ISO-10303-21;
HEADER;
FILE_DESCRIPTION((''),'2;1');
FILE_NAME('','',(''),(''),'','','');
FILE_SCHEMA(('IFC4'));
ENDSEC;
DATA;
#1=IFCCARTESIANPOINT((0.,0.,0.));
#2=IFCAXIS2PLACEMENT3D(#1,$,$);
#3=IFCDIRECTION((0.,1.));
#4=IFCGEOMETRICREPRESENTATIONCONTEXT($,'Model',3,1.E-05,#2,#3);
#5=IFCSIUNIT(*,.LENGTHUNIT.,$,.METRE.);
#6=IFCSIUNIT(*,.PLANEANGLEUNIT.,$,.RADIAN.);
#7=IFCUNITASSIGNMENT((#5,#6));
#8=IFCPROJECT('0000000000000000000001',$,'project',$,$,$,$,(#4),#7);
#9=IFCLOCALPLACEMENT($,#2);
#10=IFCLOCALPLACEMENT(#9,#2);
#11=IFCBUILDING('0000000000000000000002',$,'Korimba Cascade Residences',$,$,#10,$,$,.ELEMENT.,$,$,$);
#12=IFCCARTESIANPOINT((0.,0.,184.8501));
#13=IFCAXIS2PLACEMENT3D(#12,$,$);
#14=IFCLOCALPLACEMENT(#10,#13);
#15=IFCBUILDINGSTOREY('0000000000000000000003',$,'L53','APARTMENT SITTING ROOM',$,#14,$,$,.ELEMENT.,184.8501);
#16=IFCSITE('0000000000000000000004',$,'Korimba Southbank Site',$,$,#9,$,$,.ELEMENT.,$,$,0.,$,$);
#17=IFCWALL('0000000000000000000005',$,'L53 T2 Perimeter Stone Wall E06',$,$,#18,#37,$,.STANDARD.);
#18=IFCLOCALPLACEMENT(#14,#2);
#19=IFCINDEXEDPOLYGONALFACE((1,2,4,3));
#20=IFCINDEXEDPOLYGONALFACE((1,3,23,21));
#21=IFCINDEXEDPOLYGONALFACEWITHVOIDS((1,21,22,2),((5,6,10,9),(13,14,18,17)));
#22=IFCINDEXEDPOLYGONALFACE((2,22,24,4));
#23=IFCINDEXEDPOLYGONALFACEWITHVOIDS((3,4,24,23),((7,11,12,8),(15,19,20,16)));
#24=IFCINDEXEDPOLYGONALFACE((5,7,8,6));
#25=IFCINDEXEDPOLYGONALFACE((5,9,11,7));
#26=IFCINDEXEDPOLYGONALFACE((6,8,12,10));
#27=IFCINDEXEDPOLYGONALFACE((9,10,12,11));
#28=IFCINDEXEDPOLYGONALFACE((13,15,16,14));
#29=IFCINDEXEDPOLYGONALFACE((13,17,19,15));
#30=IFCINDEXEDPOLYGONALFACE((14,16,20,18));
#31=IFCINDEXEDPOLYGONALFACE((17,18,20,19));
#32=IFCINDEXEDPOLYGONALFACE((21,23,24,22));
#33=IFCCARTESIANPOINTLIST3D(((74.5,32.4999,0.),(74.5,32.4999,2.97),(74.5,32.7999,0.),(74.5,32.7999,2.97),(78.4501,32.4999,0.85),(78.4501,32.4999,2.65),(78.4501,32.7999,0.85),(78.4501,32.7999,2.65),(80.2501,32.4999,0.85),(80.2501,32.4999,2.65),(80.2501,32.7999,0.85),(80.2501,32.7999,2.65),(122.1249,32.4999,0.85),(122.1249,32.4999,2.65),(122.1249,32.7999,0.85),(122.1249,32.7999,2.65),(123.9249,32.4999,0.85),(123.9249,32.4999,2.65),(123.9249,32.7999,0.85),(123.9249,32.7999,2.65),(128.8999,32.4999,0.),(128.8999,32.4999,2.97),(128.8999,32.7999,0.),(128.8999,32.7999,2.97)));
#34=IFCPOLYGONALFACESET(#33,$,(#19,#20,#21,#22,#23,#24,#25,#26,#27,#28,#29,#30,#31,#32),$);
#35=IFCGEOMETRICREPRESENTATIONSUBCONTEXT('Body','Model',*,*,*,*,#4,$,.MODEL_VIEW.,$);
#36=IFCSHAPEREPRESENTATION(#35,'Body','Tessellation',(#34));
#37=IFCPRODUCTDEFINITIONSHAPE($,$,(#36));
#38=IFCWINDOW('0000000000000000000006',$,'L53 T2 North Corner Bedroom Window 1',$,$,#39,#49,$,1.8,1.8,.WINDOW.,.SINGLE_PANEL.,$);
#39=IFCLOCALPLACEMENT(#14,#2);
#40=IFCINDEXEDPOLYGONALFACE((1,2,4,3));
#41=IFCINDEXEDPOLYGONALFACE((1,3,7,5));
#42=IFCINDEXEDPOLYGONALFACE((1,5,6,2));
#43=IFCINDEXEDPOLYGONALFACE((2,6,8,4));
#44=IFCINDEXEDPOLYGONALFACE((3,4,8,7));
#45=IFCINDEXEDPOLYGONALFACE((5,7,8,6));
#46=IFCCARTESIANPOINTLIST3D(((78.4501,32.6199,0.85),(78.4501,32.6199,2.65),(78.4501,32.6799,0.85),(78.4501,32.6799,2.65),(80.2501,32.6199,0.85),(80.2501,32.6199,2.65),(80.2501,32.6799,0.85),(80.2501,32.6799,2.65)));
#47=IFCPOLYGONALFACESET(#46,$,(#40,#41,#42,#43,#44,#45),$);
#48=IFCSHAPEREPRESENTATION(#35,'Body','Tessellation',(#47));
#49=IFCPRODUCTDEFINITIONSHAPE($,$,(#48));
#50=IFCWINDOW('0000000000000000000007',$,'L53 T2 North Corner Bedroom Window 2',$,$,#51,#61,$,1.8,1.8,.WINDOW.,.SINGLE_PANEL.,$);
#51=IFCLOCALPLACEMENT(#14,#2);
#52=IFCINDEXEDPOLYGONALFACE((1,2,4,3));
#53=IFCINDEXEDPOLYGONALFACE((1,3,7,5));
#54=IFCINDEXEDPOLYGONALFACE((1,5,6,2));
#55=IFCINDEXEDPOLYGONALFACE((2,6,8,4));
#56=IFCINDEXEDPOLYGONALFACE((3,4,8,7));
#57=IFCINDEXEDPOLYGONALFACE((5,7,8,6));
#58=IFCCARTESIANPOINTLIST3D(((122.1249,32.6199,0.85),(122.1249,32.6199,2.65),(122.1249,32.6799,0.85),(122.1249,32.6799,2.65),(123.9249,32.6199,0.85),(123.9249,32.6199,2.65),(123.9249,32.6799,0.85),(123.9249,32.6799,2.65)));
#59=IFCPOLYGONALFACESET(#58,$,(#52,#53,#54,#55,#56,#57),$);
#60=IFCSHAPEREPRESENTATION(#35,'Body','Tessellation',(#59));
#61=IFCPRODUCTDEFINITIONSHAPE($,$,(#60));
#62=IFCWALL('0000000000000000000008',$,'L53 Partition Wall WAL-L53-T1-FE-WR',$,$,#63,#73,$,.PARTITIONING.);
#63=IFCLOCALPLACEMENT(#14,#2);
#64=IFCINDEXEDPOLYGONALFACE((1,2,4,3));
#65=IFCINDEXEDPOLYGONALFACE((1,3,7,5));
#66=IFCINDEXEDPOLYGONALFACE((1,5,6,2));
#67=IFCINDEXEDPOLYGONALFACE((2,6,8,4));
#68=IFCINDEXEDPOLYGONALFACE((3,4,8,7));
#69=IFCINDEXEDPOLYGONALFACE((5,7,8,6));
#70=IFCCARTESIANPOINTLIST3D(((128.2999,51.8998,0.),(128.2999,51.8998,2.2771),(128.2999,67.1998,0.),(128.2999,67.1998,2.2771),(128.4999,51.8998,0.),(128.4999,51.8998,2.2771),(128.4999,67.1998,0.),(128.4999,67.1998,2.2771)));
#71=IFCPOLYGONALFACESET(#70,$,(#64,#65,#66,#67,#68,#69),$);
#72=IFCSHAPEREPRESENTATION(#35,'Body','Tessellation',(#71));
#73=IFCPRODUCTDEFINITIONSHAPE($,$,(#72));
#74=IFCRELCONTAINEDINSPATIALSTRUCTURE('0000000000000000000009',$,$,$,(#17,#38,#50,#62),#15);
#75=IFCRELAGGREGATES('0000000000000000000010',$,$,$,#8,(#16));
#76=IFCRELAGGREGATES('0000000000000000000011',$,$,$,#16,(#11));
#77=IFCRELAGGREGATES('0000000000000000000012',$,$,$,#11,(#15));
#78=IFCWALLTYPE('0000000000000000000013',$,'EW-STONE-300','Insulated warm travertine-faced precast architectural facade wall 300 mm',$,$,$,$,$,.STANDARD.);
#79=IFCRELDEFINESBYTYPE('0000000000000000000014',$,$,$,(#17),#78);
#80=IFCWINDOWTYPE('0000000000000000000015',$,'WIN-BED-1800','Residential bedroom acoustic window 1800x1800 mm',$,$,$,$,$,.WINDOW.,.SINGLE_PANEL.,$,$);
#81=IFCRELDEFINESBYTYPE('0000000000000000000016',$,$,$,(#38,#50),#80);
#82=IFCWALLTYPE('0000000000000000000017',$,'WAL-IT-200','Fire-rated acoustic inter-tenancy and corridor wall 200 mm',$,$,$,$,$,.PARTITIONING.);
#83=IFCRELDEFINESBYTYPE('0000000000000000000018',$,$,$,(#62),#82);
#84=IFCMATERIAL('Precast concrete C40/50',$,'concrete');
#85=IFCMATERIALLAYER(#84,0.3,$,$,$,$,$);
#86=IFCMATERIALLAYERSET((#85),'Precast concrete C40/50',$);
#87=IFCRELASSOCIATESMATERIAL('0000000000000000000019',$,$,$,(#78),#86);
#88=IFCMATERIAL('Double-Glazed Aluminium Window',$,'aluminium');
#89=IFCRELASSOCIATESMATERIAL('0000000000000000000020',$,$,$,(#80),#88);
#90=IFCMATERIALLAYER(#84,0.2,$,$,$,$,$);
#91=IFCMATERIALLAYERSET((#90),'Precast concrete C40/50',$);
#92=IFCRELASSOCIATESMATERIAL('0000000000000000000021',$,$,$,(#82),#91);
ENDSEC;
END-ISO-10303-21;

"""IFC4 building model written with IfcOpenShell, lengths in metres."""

from ifc_helpers import new_model, si_unit, direction, frame, frame_2d, origin, place, context, subcontext, project, spatial, rectangle, extrude, material, layer, layer_set, type_object, element, fill, save


model = new_model("IFC4")

# Units and contexts
model_context = context("Model", 3, precision=1e-05, world=origin(), true_north=direction((0.0, 1.0)))
body_context = subcontext(model_context, "Body", "Model", "MODEL_VIEW")
ifc_project = project(units=[si_unit("LENGTHUNIT", "METRE"), si_unit("PLANEANGLEUNIT", "RADIAN")], contexts=[model_context])

# Site, building, storey
site_placement = place(None, origin())
site = spatial("IfcSite", under=ifc_project, at=site_placement, Name="Korimba Southbank Site", CompositionType="ELEMENT", RefElevation=0.0)
building_placement = place(site_placement, origin())
building = spatial("IfcBuilding", under=site, at=building_placement, Name="Korimba Cascade Residences", CompositionType="ELEMENT")
storey_placement = place(building_placement, frame((0.0, 0.0, 184.8501)))
storey = spatial("IfcBuildingStorey", under=building, at=storey_placement, Name="L53", Description="APARTMENT SITTING ROOM", CompositionType="ELEMENT", Elevation=184.8501)

# Shared definitions
ifc_material_1 = material(Name="Precast concrete C40/50", Category="concrete")
ifc_layer_1 = layer(ifc_material_1, 0.3)
ifc_layer_set_1 = layer_set([ifc_layer_1], Name="Precast concrete C40/50")
wall_type_1 = type_object("IfcWallType", Name="EW-STONE-300", Description="Insulated warm travertine-faced precast architectural facade wall 300 mm", PredefinedType="STANDARD", material=ifc_layer_set_1)

# Wall, openings, windows
ifc_material_2 = material(Name="Double-Glazed Aluminium Window", Category="aluminium")
wall_1_placement = place(storey_placement, frame((128.8999, 32.6499, 0.0), z_axis=(0.0, 0.0, 1.0), x_axis=(-1.0, 0.0, 0.0)))
wall_1 = element("IfcWall", 1, at=wall_1_placement, inside=storey, type_object=wall_type_1, Name="L53 T2 Perimeter Stone Wall E06", PredefinedType="STANDARD", context=body_context, shape_type="SweptSolid", body=[
    extrude(rectangle(XDim=54.3999, YDim=0.3, at=frame_2d((27.2, 0.0))), origin(), (0.0, 0.0, 1.0), 2.97),
])
opening_1_placement = place(wall_1_placement, frame((48.6499, 0.0, 0.8501)))
opening_1 = element("IfcOpeningElement", 2, at=opening_1_placement, cuts=wall_1, PredefinedType="OPENING", context=body_context, shape_type="SweptSolid", body=[
    extrude(rectangle(XDim=1.8, YDim=1.8, at=frame_2d((0.8999, 0.8999))), frame((0.0, 0.1602, 0.0), z_axis=(0.0, -1.0, 0.0), x_axis=(1.0, 0.0, 0.0)), (0.0, 0.0, 1.0), 0.3201),
])
opening_2_placement = place(wall_1_placement, frame((4.9751, 0.0, 0.8501)))
opening_2 = element("IfcOpeningElement", 3, at=opening_2_placement, cuts=wall_1, PredefinedType="OPENING", context=body_context, shape_type="SweptSolid", body=[
    extrude(rectangle(XDim=1.8, YDim=1.8, at=frame_2d((0.8999, 0.8999))), frame((0.0, 0.1602, 0.0), z_axis=(0.0, -1.0, 0.0), x_axis=(1.0, 0.0, 0.0)), (0.0, 0.0, 1.0), 0.3201),
])
window_type_1 = type_object("IfcWindowType", Name="WIN-BED-1800", Description="Residential bedroom acoustic window 1800x1800 mm", PartitioningType="SINGLE_PANEL", PredefinedType="WINDOW", material=ifc_material_2)
window_1_placement = place(opening_1_placement, origin())
window_1 = element("IfcWindow", 4, at=window_1_placement, inside=storey, type_object=window_type_1, Name="L53 T2 North Corner Bedroom Window 1", OverallHeight=1.8, OverallWidth=1.8, PartitioningType="SINGLE_PANEL", PredefinedType="WINDOW", context=body_context, shape_type="SweptSolid", body=[
    extrude(rectangle(XDim=1.8, YDim=1.8, at=frame_2d((0.8999, 0.8999))), frame((0.0, 0.03, 0.0), z_axis=(0.0, -1.0, 0.0), x_axis=(1.0, 0.0, 0.0)), (0.0, 0.0, 1.0), 0.0601),
])
fill(opening_1, window_1)
window_2_placement = place(opening_2_placement, origin())
window_2 = element("IfcWindow", 5, at=window_2_placement, inside=storey, type_object=window_type_1, Name="L53 T2 North Corner Bedroom Window 2", OverallHeight=1.8, OverallWidth=1.8, PartitioningType="SINGLE_PANEL", PredefinedType="WINDOW", context=body_context, shape_type="SweptSolid", body=[
    extrude(rectangle(XDim=1.8, YDim=1.8, at=frame_2d((0.8999, 0.8999))), frame((0.0, 0.03, 0.0), z_axis=(0.0, -1.0, 0.0), x_axis=(1.0, 0.0, 0.0)), (0.0, 0.0, 1.0), 0.0601),
])
fill(opening_2, window_2)

# Wall
ifc_layer_2 = layer(ifc_material_1, 0.2)
ifc_layer_set_2 = layer_set([ifc_layer_2], Name="Precast concrete C40/50")
wall_type_2 = type_object("IfcWallType", Name="WAL-IT-200", Description="Fire-rated acoustic inter-tenancy and corridor wall 200 mm", PredefinedType="PARTITIONING", material=ifc_layer_set_2)
wall_2_placement = place(storey_placement, frame((128.3999, 51.8999, 0.0), z_axis=(0.0, 0.0, 1.0), x_axis=(0.0, 1.0, 0.0)))
element("IfcWall", 6, at=wall_2_placement, inside=storey, type_object=wall_type_2, Name="L53 Partition Wall WAL-L53-T1-FE-WR", PredefinedType="PARTITIONING", context=body_context, shape_type="SweptSolid", body=[
    extrude(rectangle(XDim=15.3, YDim=0.2, at=frame_2d((7.6499, 0.0))), origin(), (0.0, 0.0, 1.0), 2.2771),
])

save(model, "model.ifc")
